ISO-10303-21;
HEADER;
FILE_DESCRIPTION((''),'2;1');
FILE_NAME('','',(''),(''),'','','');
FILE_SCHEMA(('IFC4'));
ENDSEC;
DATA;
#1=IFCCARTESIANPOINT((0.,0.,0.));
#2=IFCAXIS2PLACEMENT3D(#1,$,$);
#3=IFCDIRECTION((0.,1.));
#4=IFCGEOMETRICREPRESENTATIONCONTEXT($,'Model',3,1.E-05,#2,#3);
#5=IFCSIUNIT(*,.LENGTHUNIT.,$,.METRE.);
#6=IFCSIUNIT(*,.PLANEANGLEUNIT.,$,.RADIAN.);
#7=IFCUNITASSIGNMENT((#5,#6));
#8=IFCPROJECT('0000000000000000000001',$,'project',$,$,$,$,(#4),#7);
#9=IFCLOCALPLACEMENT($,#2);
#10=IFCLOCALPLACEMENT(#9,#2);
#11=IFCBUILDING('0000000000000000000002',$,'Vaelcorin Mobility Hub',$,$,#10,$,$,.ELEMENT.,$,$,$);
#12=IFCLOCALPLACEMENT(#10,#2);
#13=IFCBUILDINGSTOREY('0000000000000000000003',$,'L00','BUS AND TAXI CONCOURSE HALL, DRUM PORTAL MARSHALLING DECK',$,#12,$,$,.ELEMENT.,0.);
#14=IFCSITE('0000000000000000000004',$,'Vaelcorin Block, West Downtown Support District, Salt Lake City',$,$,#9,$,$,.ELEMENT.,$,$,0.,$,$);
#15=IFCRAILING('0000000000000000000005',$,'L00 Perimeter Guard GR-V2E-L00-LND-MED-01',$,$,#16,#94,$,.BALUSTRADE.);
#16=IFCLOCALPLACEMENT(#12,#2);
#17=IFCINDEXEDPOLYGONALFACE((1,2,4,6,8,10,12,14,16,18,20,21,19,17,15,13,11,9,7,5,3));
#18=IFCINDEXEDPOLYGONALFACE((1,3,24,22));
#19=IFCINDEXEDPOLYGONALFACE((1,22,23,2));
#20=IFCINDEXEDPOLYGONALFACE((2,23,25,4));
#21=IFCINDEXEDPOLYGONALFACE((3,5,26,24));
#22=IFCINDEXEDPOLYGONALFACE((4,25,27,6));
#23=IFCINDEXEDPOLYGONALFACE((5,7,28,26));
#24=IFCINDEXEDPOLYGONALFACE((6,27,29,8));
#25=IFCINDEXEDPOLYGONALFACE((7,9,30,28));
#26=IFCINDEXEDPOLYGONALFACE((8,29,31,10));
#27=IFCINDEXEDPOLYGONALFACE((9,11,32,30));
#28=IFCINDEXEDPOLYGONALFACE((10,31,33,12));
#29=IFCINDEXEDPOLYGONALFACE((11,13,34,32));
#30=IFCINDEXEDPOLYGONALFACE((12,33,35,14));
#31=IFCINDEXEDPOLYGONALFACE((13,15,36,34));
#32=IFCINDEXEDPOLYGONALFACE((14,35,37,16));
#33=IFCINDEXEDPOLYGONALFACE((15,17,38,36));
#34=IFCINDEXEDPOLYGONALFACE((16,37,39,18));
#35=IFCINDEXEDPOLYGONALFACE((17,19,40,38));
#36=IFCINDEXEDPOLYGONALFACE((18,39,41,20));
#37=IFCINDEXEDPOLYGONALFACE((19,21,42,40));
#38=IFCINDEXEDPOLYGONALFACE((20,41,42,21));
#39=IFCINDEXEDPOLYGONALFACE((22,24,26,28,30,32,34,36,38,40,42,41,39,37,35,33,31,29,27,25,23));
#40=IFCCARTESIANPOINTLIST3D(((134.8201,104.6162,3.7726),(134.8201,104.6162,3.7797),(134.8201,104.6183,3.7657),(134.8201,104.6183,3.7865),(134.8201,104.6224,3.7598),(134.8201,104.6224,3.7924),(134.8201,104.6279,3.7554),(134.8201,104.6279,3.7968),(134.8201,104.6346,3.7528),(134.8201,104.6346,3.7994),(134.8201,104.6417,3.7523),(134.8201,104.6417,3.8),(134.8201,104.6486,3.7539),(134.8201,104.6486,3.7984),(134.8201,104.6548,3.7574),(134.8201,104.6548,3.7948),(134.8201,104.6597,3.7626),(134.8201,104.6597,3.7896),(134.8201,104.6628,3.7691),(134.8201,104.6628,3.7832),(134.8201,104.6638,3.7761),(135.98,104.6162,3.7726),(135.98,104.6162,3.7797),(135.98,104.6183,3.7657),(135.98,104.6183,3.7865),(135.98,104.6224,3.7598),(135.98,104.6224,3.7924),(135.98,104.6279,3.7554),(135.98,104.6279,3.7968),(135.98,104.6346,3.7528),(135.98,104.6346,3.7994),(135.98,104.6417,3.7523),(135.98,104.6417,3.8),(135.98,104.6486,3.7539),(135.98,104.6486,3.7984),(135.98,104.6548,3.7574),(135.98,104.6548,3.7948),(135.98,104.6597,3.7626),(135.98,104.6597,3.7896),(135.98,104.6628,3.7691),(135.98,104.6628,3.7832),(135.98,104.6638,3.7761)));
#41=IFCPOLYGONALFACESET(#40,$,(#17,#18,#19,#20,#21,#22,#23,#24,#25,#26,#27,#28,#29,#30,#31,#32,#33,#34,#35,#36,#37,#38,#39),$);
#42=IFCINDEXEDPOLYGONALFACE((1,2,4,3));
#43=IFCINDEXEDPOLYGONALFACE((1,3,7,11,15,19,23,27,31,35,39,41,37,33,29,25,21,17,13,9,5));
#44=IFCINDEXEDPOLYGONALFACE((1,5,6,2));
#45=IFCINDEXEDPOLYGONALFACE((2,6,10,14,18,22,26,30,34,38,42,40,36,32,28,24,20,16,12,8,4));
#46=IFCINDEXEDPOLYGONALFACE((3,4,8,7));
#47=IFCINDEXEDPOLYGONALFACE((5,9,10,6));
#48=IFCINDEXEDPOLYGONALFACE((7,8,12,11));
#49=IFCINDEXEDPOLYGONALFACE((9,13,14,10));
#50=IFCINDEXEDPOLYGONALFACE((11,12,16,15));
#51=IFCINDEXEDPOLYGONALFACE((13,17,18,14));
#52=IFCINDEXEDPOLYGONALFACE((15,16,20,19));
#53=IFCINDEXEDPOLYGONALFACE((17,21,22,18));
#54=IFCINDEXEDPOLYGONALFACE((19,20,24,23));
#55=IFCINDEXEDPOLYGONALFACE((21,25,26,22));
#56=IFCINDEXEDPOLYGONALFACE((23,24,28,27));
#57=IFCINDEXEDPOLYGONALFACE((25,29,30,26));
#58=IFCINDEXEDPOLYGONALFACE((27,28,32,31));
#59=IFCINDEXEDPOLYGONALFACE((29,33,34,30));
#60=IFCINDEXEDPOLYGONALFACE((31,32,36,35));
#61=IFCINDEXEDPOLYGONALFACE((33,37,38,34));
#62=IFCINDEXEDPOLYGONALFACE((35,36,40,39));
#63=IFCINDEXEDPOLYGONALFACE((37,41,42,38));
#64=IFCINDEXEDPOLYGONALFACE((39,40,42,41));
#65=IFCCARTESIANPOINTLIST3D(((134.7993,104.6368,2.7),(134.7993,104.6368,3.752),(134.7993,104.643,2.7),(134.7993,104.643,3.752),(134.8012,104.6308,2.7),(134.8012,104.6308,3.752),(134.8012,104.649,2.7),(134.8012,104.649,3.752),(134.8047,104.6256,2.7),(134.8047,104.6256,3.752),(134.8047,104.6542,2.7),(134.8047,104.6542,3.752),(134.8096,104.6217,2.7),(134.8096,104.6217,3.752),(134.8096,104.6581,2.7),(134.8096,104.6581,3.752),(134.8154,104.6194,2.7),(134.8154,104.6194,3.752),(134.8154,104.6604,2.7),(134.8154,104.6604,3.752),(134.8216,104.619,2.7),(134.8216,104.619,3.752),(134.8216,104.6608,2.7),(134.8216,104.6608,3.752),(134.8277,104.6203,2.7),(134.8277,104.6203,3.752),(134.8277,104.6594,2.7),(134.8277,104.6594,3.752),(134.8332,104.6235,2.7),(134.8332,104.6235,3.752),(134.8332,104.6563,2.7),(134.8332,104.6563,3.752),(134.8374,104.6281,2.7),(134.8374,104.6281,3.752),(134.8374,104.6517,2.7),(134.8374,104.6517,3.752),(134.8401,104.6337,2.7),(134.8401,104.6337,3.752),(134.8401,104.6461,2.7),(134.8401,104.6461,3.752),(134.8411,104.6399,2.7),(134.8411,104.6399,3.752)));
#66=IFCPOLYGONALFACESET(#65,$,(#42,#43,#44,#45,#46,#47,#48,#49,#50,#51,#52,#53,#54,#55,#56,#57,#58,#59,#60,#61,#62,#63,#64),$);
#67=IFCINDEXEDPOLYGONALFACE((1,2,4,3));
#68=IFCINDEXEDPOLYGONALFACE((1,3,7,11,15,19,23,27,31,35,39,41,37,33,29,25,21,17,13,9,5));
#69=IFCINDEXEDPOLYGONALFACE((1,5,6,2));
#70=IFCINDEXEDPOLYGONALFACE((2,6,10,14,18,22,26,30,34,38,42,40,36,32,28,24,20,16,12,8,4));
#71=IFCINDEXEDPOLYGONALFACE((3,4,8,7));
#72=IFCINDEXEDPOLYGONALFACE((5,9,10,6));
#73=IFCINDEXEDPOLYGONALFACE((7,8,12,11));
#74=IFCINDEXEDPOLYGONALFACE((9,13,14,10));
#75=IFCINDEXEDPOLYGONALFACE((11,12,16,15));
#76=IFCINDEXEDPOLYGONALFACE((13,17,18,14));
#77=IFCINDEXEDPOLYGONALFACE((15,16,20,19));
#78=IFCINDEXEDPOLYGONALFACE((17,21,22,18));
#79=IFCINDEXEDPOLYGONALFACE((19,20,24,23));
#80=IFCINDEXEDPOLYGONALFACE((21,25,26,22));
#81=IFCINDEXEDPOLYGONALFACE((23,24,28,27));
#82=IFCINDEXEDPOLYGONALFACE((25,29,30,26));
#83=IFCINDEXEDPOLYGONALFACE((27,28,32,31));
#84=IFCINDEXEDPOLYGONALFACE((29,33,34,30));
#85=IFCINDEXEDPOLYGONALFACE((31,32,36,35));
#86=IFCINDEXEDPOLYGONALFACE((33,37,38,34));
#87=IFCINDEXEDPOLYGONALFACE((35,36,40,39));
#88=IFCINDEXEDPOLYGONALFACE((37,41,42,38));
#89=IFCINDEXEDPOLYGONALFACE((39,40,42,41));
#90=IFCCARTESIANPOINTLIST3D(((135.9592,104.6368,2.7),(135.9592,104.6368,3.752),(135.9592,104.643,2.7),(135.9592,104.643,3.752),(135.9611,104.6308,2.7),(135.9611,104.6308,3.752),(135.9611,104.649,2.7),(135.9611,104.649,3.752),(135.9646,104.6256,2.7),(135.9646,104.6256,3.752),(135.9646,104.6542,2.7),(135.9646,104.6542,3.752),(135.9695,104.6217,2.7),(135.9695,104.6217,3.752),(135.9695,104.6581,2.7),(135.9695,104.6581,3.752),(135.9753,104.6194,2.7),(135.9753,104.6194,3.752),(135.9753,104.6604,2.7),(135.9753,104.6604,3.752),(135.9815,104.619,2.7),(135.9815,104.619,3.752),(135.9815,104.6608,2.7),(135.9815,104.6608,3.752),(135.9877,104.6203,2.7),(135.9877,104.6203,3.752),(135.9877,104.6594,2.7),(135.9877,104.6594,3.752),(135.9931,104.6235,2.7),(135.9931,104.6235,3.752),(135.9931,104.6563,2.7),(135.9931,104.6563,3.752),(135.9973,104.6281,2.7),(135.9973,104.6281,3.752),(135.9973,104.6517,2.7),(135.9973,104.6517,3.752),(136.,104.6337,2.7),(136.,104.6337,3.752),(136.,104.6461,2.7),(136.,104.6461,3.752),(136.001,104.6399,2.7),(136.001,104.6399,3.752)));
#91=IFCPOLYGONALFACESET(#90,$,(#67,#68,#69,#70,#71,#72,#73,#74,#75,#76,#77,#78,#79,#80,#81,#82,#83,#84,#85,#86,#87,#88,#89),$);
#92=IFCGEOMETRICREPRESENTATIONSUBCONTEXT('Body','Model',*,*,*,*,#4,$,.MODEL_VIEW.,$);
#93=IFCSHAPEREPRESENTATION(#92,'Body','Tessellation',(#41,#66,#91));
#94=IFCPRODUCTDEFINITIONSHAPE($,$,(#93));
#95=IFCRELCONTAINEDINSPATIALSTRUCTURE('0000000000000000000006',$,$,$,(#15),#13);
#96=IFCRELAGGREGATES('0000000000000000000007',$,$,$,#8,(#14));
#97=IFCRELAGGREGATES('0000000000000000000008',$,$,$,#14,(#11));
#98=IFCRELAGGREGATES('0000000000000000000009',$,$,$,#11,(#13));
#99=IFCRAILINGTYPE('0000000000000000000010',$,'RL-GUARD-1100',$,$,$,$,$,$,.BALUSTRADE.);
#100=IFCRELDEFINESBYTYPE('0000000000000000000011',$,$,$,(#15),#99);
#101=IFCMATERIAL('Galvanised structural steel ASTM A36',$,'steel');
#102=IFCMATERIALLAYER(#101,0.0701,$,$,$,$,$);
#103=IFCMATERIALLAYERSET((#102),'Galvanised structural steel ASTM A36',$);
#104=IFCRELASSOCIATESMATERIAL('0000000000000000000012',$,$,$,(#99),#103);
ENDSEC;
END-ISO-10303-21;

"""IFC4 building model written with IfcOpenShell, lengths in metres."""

from ifc_helpers import new_model, si_unit, direction, frame, origin, origin_2d, place, context, subcontext, project, spatial, circle, extrude, material, layer, layer_set, type_object, element, save


model = new_model("IFC4")

# Units and contexts
model_context = context("Model", 3, precision=1e-05, world=origin(), true_north=direction((0.0, 1.0)))
body_context = subcontext(model_context, "Body", "Model", "MODEL_VIEW")
ifc_project = project(units=[si_unit("LENGTHUNIT", "METRE"), si_unit("PLANEANGLEUNIT", "RADIAN")], contexts=[model_context])

# Site, building, storey
site_placement = place(None, origin())
site = spatial("IfcSite", under=ifc_project, at=site_placement, Name="Vaelcorin Block, West Downtown Support District, Salt Lake City", CompositionType="ELEMENT", RefElevation=0.0)
building_placement = place(site_placement, origin())
building = spatial("IfcBuilding", under=site, at=building_placement, Name="Vaelcorin Mobility Hub", CompositionType="ELEMENT")
storey_placement = place(building_placement, origin())
storey = spatial("IfcBuildingStorey", under=building, at=storey_placement, Name="L00", Description="BUS AND TAXI CONCOURSE HALL, DRUM PORTAL MARSHALLING DECK", CompositionType="ELEMENT", Elevation=0.0)

# Railing
ifc_material_1 = material(Name="Galvanised structural steel ASTM A36", Category="steel")
ifc_layer = layer(ifc_material_1, 0.0701)
ifc_layer_set = layer_set([ifc_layer], Name="Galvanised structural steel ASTM A36")
railing_type = type_object("IfcRailingType", Name="RL-GUARD-1100", PredefinedType="BALUSTRADE", material=ifc_layer_set)
railing_1_placement = place(storey_placement, frame((134.8201, 104.6399, 2.7)))
element("IfcRailing", 1, at=railing_1_placement, inside=storey, type_object=railing_type, Name="L00 Perimeter Guard GR-V2E-L00-LND-MED-01", PredefinedType="BALUSTRADE", context=body_context, shape_type="SweptSolid", body=[
    extrude(circle(Radius=0.0239, at=origin_2d()), frame((0.0, 0.0, 1.0762), z_axis=(1.0, 0.0, 0.0), x_axis=(0.0, 1.0, 0.0)), (0.0, 0.0, 1.0), 1.1599),
    extrude(circle(Radius=0.021, at=origin_2d()), origin(), (0.0, 0.0, 1.0), 1.052),
    extrude(circle(Radius=0.021, at=origin_2d()), frame((1.1599, 0.0, 0.0)), (0.0, 0.0, 1.0), 1.052),
])

save(model, "model.ifc")
